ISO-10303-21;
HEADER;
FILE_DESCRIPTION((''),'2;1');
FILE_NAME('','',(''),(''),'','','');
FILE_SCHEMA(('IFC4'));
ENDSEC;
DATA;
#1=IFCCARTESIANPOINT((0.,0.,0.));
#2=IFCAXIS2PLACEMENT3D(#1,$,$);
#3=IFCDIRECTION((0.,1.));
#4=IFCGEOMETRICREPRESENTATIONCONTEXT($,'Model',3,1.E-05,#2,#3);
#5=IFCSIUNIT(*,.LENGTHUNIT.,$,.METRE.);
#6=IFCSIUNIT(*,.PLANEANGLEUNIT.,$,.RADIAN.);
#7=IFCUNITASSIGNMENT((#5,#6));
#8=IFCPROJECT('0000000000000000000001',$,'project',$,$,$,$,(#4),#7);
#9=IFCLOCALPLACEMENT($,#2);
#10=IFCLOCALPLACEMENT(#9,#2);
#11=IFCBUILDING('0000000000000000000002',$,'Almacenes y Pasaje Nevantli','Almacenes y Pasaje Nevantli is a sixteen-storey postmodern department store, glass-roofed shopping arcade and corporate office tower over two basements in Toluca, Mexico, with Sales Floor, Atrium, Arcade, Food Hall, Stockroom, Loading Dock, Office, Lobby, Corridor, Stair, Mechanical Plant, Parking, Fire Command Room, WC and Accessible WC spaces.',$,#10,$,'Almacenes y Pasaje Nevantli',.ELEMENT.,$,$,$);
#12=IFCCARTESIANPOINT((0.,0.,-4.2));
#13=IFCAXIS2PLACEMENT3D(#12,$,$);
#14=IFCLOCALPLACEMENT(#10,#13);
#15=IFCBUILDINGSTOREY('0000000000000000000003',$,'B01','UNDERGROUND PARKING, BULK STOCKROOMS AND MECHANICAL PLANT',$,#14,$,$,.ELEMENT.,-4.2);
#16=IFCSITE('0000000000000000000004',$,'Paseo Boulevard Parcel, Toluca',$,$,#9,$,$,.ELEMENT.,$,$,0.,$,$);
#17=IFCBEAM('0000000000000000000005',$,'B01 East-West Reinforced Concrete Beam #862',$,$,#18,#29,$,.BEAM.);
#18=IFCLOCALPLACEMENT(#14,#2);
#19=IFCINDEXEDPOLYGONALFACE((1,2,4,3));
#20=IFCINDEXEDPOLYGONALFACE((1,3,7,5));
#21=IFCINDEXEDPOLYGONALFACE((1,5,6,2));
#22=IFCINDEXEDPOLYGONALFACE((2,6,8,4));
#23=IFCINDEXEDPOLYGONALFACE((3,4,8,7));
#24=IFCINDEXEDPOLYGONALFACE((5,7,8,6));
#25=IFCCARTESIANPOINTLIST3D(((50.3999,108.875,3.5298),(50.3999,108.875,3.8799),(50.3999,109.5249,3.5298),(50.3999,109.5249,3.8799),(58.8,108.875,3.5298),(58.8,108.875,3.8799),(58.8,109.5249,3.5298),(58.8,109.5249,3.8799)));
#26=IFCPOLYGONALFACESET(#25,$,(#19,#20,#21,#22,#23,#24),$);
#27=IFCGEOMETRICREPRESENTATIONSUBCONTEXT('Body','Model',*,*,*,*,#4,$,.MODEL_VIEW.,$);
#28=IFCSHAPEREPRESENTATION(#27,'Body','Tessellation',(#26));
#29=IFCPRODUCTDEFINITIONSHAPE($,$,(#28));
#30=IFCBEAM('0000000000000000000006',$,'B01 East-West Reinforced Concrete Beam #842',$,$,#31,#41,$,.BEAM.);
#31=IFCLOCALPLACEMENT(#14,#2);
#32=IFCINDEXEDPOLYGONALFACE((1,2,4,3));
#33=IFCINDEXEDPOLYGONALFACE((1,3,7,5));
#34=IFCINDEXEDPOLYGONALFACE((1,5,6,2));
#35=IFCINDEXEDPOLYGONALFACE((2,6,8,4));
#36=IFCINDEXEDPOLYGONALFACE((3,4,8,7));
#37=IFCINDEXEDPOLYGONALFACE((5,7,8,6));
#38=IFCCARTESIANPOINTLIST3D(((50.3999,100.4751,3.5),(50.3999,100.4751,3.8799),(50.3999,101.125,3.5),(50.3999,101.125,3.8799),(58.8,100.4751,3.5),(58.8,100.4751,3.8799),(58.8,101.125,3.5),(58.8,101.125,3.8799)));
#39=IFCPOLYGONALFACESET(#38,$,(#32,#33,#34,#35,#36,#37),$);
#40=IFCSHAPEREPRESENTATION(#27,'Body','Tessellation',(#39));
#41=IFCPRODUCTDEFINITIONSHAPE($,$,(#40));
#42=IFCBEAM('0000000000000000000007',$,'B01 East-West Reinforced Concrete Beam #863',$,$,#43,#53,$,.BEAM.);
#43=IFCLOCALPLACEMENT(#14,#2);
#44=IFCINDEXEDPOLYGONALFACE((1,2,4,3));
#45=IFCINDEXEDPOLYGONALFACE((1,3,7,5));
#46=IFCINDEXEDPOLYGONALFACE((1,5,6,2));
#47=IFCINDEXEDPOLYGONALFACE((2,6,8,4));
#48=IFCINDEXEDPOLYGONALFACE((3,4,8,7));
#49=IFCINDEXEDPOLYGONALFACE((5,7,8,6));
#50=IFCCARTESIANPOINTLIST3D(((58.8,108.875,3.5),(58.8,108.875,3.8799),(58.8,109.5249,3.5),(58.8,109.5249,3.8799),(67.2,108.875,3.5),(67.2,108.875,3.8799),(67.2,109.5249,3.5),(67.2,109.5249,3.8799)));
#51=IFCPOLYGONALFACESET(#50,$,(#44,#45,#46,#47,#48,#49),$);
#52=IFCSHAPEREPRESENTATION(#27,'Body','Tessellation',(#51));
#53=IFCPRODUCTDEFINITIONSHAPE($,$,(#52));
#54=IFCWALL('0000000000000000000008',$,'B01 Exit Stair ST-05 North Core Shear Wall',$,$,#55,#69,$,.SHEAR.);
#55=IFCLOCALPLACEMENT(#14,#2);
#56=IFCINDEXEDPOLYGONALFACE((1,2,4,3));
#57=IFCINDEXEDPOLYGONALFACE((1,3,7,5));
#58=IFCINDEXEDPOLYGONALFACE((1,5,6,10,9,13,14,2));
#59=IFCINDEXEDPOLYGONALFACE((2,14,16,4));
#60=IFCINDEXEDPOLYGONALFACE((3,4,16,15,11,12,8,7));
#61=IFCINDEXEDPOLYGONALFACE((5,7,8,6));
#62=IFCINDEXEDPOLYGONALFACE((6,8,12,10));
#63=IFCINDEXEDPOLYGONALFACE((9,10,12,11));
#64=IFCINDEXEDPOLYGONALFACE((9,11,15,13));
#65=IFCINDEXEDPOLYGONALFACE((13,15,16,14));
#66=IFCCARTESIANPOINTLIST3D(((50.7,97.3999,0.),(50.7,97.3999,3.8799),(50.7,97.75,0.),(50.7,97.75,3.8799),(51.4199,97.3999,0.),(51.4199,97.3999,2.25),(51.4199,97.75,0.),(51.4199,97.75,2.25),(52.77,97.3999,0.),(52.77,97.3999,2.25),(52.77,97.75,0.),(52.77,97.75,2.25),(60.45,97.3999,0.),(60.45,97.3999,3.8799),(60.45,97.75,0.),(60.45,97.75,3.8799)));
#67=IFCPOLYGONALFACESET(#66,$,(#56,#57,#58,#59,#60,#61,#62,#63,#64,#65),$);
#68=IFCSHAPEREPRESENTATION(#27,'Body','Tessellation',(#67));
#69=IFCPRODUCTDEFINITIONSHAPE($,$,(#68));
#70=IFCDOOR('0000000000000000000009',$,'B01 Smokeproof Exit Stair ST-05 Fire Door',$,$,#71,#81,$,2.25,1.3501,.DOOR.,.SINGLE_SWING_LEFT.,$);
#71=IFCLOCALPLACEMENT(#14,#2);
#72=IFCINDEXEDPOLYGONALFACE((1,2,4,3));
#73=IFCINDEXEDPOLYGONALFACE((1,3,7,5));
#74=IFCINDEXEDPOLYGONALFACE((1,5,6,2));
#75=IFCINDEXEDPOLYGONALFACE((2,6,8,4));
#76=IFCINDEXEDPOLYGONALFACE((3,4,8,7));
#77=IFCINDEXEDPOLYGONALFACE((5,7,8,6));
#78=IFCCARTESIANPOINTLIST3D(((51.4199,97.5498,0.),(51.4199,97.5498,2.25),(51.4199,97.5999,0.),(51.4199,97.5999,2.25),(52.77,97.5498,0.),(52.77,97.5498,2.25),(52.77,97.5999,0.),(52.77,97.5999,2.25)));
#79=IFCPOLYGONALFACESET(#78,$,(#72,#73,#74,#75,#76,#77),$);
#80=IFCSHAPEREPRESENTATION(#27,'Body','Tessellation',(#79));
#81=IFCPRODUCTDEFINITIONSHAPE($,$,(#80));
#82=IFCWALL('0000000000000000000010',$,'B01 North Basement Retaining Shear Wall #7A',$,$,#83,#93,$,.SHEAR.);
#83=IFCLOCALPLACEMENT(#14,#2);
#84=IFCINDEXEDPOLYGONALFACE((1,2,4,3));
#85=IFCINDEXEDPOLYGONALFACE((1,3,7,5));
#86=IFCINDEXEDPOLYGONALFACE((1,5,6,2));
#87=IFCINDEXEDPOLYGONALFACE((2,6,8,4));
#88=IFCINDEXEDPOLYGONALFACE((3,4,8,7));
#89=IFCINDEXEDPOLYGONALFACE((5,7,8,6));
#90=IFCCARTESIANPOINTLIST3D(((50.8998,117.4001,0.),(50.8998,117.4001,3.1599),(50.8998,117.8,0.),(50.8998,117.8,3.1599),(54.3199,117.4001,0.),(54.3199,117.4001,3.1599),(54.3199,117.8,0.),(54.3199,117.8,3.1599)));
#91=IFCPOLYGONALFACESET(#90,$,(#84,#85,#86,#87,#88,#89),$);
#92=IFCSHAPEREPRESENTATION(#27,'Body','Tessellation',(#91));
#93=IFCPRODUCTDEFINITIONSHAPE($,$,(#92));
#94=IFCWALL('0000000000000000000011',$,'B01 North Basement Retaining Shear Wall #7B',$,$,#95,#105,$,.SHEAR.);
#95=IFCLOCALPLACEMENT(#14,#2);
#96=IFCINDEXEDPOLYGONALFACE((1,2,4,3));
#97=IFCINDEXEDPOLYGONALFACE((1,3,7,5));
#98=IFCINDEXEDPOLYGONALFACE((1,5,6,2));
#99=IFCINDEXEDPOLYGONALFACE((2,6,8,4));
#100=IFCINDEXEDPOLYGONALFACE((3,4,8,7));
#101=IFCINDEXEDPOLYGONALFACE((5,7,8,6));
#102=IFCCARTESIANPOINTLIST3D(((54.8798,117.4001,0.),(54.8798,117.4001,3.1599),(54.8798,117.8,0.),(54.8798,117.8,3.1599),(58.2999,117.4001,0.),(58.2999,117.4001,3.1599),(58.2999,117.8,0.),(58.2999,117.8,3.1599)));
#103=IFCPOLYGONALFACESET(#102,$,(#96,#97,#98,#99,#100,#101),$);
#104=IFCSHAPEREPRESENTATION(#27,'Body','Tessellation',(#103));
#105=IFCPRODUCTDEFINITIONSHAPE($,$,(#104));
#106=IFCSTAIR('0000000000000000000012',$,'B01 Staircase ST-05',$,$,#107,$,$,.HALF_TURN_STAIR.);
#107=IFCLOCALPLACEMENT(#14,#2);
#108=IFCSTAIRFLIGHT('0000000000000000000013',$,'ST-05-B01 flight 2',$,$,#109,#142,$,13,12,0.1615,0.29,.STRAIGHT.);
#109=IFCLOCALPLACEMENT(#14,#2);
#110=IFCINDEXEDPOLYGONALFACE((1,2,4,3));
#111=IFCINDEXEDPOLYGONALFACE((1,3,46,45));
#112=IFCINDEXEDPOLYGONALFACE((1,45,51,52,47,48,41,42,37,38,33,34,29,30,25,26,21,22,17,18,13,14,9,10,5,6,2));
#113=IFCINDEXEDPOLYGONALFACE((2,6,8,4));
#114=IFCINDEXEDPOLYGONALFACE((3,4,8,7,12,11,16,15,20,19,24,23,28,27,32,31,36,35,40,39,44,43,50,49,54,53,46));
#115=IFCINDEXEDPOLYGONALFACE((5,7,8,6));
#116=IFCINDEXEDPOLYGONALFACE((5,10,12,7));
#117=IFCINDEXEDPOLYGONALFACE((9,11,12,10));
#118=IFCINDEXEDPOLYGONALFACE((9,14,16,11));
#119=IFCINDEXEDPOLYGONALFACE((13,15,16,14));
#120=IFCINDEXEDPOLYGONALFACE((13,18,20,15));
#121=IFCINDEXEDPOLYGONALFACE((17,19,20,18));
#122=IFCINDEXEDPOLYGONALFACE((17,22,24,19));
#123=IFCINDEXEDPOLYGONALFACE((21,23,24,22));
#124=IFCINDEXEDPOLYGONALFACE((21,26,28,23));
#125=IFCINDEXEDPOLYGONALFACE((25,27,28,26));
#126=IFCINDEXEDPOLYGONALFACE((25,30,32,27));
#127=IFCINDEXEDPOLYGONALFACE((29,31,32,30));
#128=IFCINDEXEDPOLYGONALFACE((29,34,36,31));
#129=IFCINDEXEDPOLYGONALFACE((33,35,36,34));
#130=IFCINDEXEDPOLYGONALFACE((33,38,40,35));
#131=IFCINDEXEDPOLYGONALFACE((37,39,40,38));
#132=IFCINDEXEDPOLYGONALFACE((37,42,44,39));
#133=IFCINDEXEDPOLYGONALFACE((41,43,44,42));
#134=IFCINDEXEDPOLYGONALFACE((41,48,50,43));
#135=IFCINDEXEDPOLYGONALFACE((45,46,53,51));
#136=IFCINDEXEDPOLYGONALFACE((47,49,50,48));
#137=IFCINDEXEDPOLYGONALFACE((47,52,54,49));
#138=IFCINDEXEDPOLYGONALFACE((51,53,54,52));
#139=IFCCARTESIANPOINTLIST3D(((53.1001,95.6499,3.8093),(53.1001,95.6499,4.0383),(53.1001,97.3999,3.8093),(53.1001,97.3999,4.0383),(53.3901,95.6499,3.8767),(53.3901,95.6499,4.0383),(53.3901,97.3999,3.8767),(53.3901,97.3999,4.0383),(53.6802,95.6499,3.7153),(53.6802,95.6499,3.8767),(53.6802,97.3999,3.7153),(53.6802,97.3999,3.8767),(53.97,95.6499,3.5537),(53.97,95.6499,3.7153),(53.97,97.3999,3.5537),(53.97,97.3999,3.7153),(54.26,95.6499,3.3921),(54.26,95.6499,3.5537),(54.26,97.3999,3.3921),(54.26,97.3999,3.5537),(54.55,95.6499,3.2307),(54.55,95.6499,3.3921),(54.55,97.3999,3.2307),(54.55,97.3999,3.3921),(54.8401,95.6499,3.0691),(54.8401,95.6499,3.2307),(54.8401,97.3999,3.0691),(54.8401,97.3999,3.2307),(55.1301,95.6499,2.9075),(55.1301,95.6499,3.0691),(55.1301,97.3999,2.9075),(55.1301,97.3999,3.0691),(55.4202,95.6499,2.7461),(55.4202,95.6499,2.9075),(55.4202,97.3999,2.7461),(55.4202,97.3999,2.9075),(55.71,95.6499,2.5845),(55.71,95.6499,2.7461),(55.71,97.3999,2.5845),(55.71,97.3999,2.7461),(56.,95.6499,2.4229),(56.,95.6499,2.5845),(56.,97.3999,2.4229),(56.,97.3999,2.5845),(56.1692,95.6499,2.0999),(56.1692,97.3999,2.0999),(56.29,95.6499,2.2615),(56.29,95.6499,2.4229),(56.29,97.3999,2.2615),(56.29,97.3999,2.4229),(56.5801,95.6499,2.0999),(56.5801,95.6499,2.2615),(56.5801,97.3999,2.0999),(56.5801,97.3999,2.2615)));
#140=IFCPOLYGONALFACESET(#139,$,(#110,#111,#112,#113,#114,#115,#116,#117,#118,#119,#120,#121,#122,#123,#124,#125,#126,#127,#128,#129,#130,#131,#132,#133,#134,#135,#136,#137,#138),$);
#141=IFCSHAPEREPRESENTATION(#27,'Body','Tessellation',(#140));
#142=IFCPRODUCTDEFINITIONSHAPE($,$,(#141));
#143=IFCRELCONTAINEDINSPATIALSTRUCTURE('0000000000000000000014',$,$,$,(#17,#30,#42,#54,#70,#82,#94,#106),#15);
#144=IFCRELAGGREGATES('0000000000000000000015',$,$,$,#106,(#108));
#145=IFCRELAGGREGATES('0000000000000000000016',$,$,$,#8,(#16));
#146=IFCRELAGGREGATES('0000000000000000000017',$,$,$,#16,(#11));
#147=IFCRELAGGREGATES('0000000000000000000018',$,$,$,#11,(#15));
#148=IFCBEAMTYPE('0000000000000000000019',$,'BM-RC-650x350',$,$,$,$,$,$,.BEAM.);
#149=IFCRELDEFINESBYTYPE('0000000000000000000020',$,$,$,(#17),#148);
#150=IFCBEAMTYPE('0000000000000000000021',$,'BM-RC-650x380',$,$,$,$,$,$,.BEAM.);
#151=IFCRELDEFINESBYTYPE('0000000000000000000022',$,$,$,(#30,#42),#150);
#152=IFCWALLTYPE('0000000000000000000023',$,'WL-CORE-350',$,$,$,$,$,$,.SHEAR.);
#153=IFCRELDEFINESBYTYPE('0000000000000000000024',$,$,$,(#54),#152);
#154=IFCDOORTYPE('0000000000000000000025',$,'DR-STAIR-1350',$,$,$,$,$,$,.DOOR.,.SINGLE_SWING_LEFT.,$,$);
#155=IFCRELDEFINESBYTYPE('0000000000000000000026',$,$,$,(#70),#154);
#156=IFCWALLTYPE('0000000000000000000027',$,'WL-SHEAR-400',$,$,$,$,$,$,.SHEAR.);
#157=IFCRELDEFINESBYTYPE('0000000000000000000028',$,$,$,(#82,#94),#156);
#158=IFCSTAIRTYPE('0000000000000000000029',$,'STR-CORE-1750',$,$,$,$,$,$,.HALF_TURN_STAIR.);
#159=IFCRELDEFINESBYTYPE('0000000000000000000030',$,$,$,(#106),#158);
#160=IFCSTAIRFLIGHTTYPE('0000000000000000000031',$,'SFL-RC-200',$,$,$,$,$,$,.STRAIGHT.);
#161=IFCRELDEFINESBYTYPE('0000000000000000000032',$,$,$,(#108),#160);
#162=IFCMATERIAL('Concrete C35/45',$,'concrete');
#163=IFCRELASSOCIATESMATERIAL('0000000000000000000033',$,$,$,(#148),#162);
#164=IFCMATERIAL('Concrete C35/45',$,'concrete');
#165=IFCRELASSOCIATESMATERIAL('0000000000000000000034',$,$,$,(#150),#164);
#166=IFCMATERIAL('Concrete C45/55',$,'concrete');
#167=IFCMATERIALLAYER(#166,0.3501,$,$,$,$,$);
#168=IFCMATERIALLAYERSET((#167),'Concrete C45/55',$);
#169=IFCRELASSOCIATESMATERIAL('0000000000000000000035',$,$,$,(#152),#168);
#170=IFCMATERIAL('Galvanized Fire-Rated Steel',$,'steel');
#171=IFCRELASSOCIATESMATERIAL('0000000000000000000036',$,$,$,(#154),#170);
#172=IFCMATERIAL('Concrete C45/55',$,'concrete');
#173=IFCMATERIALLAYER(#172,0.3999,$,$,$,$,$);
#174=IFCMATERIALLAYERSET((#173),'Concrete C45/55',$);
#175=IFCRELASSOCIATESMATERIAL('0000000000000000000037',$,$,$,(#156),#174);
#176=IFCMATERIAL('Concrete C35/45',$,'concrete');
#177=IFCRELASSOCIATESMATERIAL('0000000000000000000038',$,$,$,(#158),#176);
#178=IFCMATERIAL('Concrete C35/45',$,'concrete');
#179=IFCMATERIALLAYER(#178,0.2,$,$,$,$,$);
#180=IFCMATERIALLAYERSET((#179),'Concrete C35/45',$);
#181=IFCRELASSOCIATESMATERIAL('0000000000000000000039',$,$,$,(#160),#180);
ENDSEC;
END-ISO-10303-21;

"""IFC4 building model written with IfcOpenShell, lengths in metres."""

from ifc_helpers import new_model, si_unit, direction, frame, frame_2d, origin, origin_2d, place, context, subcontext, project, spatial, polyline, rectangle, outline, extrude, material, layer, layer_set, material_profile, profile_set, type_object, element, fill, aggregate, save


model = new_model("IFC4")

# Units and contexts
model_context = context("Model", 3, precision=1e-05, world=origin(), true_north=direction((0.0, 1.0)))
body_context = subcontext(model_context, "Body", "Model", "MODEL_VIEW")
ifc_project = project(units=[si_unit("LENGTHUNIT", "METRE"), si_unit("PLANEANGLEUNIT", "RADIAN")], contexts=[model_context])

# Site, building, storey
site_placement = place(None, origin())
site = spatial("IfcSite", under=ifc_project, at=site_placement, Name="Paseo Boulevard Parcel, Toluca", CompositionType="ELEMENT", RefElevation=0.0)
building_placement = place(site_placement, origin())
building = spatial("IfcBuilding", under=site, at=building_placement, Name="Almacenes y Pasaje Nevantli", Description="Almacenes y Pasaje Nevantli is a sixteen-storey postmodern department store, glass-roofed shopping arcade and corporate office tower over two basements in Toluca, Mexico, with Sales Floor, Atrium, Arcade, Food Hall, Stockroom, Loading Dock, Office, Lobby, Corridor, Stair, Mechanical Plant, Parking, Fire Command Room, WC and Accessible WC spaces.", LongName="Almacenes y Pasaje Nevantli", CompositionType="ELEMENT")
storey_placement = place(building_placement, frame((0.0, 0.0, -4.2)))
storey = spatial("IfcBuildingStorey", under=building, at=storey_placement, Name="B01", Description="UNDERGROUND PARKING, BULK STOCKROOMS AND MECHANICAL PLANT", CompositionType="ELEMENT", Elevation=-4.2)

# Beams
ifc_material_1 = material(Name="Concrete C35/45", Category="concrete")
ifc_material_profile_1 = material_profile(ifc_material_1, rectangle(XDim=0.6499, YDim=0.3501, at=origin_2d()), Name="RC-BM-650x350")
ifc_profile_set_1 = profile_set([ifc_material_profile_1], Name="Concrete C35/45")
beam_type_1 = type_object("IfcBeamType", Name="BM-RC-650x350", PredefinedType="BEAM", material=ifc_profile_set_1)
beam_1_placement = place(storey_placement, frame((50.3999, 109.2, 3.7048), z_axis=(1.0, 0.0, 0.0), x_axis=(0.0, 1.0, 0.0)))
element("IfcBeam", 1, at=beam_1_placement, inside=storey, type_object=beam_type_1, Name="B01 East-West Reinforced Concrete Beam #862", PredefinedType="BEAM", context=body_context, shape_type="SweptSolid", body=[
    extrude(rectangle(XDim=0.6499, YDim=0.3501, at=origin_2d()), origin(), (0.0, 0.0, 1.0), 8.4001),
])
ifc_material_2 = material(Name="Concrete C35/45", Category="concrete")
ifc_material_profile_2 = material_profile(ifc_material_2, rectangle(XDim=0.6499, YDim=0.3799, at=origin_2d()), Name="RC-BM-650x380")
ifc_profile_set_2 = profile_set([ifc_material_profile_2], Name="Concrete C35/45")
beam_type_2 = type_object("IfcBeamType", Name="BM-RC-650x380", PredefinedType="BEAM", material=ifc_profile_set_2)
beam_2_placement = place(storey_placement, frame((50.3999, 100.8, 3.6899), z_axis=(1.0, 0.0, 0.0), x_axis=(0.0, 1.0, 0.0)))
element("IfcBeam", 2, at=beam_2_placement, inside=storey, type_object=beam_type_2, Name="B01 East-West Reinforced Concrete Beam #842", PredefinedType="BEAM", context=body_context, shape_type="SweptSolid", body=[
    extrude(rectangle(XDim=0.6499, YDim=0.3799, at=origin_2d()), origin(), (0.0, 0.0, 1.0), 8.4001),
])
beam_3_placement = place(storey_placement, frame((58.8, 109.2, 3.6899), z_axis=(1.0, 0.0, 0.0), x_axis=(0.0, 1.0, 0.0)))
element("IfcBeam", 3, at=beam_3_placement, inside=storey, type_object=beam_type_2, Name="B01 East-West Reinforced Concrete Beam #863", PredefinedType="BEAM", context=body_context, shape_type="SweptSolid", body=[
    extrude(rectangle(XDim=0.6499, YDim=0.3799, at=origin_2d()), origin(), (0.0, 0.0, 1.0), 8.3999),
])

# Wall, opening, door
ifc_material_3 = material(Name="Concrete C45/55", Category="concrete")
ifc_layer_1 = layer(ifc_material_3, 0.3501)
ifc_layer_set_1 = layer_set([ifc_layer_1], Name="Concrete C45/55")
wall_type_1 = type_object("IfcWallType", Name="WL-CORE-350", PredefinedType="SHEAR", material=ifc_layer_set_1)
wall_placement = place(storey_placement, frame((50.7, 97.575, 0.0), z_axis=(0.0, 0.0, 1.0), x_axis=(1.0, 0.0, 0.0)))
wall = element("IfcWall", 4, at=wall_placement, inside=storey, type_object=wall_type_1, Name="B01 Exit Stair ST-05 North Core Shear Wall", PredefinedType="SHEAR", context=body_context, shape_type="SweptSolid", body=[
    extrude(rectangle(XDim=9.75, YDim=0.3501, at=frame_2d((4.875, 0.0))), origin(), (0.0, 0.0, 1.0), 3.8799),
])
opening_placement = place(wall_placement, frame((0.72, 0.0, 0.0)))
opening = element("IfcOpeningElement", 5, at=opening_placement, cuts=wall, PredefinedType="OPENING", context=body_context, shape_type="SweptSolid", body=[
    extrude(rectangle(XDim=1.3501, YDim=2.25, at=frame_2d((0.675, 1.125))), frame((0.0, 0.1851, 0.0), z_axis=(0.0, -1.0, 0.0), x_axis=(1.0, 0.0, 0.0)), (0.0, 0.0, 1.0), 0.3701),
])
ifc_material_4 = material(Name="Galvanized Fire-Rated Steel", Category="steel")
door_type = type_object("IfcDoorType", Name="DR-STAIR-1350", OperationType="SINGLE_SWING_LEFT", PredefinedType="DOOR", material=ifc_material_4)
door_placement = place(opening_placement, origin())
door = element("IfcDoor", 6, at=door_placement, inside=storey, type_object=door_type, Name="B01 Smokeproof Exit Stair ST-05 Fire Door", OperationType="SINGLE_SWING_LEFT", OverallHeight=2.25, OverallWidth=1.3501, PredefinedType="DOOR", context=body_context, shape_type="SweptSolid", body=[
    extrude(rectangle(XDim=1.3501, YDim=2.25, at=frame_2d((0.675, 1.125))), frame((0.0, 0.0249, 0.0), z_axis=(0.0, -1.0, 0.0), x_axis=(1.0, 0.0, 0.0)), (0.0, 0.0, 1.0), 0.05),
])
fill(opening, door)

# Walls
ifc_material_5 = material(Name="Concrete C45/55", Category="concrete")
ifc_layer_2 = layer(ifc_material_5, 0.3999)
ifc_layer_set_2 = layer_set([ifc_layer_2], Name="Concrete C45/55")
wall_type_2 = type_object("IfcWallType", Name="WL-SHEAR-400", PredefinedType="SHEAR", material=ifc_layer_set_2)
for number, where, z_axis, x_axis, name in (
    (7, (50.8999, 117.6001, 0.0), (0.0, 0.0, 1.0), (1.0, 0.0, 0.0), "B01 North Basement Retaining Shear Wall #7A"),
    (8, (54.8799, 117.6001, 0.0), (0.0, 0.0, 1.0), (1.0, 0.0, 0.0), "B01 North Basement Retaining Shear Wall #7B"),
):
    element("IfcWall", number, at=place(storey_placement, frame(where, z_axis=z_axis, x_axis=x_axis)), inside=storey, type_object=wall_type_2, Name=name, PredefinedType="SHEAR", context=body_context, shape_type="SweptSolid", body=[
        extrude(rectangle(XDim=3.4202, YDim=0.3999, at=frame_2d((1.71, 0.0))), origin(), (0.0, 0.0, 1.0), 3.1599),
    ])

# Stair, stair flight
ifc_material_6 = material(Name="Concrete C35/45", Category="concrete")
stair_type = type_object("IfcStairType", Name="STR-CORE-1750", PredefinedType="HALF_TURN_STAIR", material=ifc_material_6)
stair_placement = place(storey_placement, origin())
stair = element("IfcStair", 9, at=stair_placement, inside=storey, type_object=stair_type, Name="B01 Staircase ST-05", PredefinedType="HALF_TURN_STAIR")
ifc_material_7 = material(Name="Concrete C35/45", Category="concrete")
ifc_layer_3 = layer(ifc_material_7, 0.2)
ifc_layer_set_3 = layer_set([ifc_layer_3], Name="Concrete C35/45")
stair_flight_type = type_object("IfcStairFlightType", Name="SFL-RC-200", PredefinedType="STRAIGHT", material=ifc_layer_set_3)
stair_flight_placement = place(storey_placement, frame((56.5801, 96.5249, 2.0999), z_axis=(0.0, 0.0, 1.0), x_axis=(-1.0, 0.0, 0.0)))
stair_flight = element("IfcStairFlight", 10, at=stair_flight_placement, type_object=stair_flight_type, Name="ST-05-B01 flight 2", NumberOfRisers=13, NumberOfTreads=12, PredefinedType="STRAIGHT", RiserHeight=0.1615, TreadLength=0.29, context=body_context, shape_type="SweptSolid", body=[
    extrude(outline(polyline([(0.0, 0.0), (0.0, 0.1616), (0.29, 0.1616), (0.29, 0.323), (0.5801, 0.323), (0.5801, 0.4846), (0.8701, 0.4846), (0.8701, 0.6462), (1.1599, 0.6462), (1.1599, 0.8076), (1.45, 0.8076), (1.45, 0.9692), (1.74, 0.9692), (1.74, 1.1309), (2.03, 1.1309), (2.03, 1.2922), (2.3201, 1.2922), (2.3201, 1.4539), (2.6101, 1.4539), (2.6101, 1.6155), (2.8999, 1.6155), (2.8999, 1.7769), (3.1899, 1.7769), (3.1899, 1.9385), (3.48, 1.9385), (3.48, 2.1001), (3.48, 1.7095), (0.4109, 0.0), (0.0, 0.0)])), frame((0.0, 0.875, 0.0), z_axis=(0.0, -1.0, 0.0), x_axis=(1.0, 0.0, 0.0)), (0.0, 0.0, 1.0), 1.75),
])
aggregate(stair, [stair_flight])

save(model, "model.ifc")
